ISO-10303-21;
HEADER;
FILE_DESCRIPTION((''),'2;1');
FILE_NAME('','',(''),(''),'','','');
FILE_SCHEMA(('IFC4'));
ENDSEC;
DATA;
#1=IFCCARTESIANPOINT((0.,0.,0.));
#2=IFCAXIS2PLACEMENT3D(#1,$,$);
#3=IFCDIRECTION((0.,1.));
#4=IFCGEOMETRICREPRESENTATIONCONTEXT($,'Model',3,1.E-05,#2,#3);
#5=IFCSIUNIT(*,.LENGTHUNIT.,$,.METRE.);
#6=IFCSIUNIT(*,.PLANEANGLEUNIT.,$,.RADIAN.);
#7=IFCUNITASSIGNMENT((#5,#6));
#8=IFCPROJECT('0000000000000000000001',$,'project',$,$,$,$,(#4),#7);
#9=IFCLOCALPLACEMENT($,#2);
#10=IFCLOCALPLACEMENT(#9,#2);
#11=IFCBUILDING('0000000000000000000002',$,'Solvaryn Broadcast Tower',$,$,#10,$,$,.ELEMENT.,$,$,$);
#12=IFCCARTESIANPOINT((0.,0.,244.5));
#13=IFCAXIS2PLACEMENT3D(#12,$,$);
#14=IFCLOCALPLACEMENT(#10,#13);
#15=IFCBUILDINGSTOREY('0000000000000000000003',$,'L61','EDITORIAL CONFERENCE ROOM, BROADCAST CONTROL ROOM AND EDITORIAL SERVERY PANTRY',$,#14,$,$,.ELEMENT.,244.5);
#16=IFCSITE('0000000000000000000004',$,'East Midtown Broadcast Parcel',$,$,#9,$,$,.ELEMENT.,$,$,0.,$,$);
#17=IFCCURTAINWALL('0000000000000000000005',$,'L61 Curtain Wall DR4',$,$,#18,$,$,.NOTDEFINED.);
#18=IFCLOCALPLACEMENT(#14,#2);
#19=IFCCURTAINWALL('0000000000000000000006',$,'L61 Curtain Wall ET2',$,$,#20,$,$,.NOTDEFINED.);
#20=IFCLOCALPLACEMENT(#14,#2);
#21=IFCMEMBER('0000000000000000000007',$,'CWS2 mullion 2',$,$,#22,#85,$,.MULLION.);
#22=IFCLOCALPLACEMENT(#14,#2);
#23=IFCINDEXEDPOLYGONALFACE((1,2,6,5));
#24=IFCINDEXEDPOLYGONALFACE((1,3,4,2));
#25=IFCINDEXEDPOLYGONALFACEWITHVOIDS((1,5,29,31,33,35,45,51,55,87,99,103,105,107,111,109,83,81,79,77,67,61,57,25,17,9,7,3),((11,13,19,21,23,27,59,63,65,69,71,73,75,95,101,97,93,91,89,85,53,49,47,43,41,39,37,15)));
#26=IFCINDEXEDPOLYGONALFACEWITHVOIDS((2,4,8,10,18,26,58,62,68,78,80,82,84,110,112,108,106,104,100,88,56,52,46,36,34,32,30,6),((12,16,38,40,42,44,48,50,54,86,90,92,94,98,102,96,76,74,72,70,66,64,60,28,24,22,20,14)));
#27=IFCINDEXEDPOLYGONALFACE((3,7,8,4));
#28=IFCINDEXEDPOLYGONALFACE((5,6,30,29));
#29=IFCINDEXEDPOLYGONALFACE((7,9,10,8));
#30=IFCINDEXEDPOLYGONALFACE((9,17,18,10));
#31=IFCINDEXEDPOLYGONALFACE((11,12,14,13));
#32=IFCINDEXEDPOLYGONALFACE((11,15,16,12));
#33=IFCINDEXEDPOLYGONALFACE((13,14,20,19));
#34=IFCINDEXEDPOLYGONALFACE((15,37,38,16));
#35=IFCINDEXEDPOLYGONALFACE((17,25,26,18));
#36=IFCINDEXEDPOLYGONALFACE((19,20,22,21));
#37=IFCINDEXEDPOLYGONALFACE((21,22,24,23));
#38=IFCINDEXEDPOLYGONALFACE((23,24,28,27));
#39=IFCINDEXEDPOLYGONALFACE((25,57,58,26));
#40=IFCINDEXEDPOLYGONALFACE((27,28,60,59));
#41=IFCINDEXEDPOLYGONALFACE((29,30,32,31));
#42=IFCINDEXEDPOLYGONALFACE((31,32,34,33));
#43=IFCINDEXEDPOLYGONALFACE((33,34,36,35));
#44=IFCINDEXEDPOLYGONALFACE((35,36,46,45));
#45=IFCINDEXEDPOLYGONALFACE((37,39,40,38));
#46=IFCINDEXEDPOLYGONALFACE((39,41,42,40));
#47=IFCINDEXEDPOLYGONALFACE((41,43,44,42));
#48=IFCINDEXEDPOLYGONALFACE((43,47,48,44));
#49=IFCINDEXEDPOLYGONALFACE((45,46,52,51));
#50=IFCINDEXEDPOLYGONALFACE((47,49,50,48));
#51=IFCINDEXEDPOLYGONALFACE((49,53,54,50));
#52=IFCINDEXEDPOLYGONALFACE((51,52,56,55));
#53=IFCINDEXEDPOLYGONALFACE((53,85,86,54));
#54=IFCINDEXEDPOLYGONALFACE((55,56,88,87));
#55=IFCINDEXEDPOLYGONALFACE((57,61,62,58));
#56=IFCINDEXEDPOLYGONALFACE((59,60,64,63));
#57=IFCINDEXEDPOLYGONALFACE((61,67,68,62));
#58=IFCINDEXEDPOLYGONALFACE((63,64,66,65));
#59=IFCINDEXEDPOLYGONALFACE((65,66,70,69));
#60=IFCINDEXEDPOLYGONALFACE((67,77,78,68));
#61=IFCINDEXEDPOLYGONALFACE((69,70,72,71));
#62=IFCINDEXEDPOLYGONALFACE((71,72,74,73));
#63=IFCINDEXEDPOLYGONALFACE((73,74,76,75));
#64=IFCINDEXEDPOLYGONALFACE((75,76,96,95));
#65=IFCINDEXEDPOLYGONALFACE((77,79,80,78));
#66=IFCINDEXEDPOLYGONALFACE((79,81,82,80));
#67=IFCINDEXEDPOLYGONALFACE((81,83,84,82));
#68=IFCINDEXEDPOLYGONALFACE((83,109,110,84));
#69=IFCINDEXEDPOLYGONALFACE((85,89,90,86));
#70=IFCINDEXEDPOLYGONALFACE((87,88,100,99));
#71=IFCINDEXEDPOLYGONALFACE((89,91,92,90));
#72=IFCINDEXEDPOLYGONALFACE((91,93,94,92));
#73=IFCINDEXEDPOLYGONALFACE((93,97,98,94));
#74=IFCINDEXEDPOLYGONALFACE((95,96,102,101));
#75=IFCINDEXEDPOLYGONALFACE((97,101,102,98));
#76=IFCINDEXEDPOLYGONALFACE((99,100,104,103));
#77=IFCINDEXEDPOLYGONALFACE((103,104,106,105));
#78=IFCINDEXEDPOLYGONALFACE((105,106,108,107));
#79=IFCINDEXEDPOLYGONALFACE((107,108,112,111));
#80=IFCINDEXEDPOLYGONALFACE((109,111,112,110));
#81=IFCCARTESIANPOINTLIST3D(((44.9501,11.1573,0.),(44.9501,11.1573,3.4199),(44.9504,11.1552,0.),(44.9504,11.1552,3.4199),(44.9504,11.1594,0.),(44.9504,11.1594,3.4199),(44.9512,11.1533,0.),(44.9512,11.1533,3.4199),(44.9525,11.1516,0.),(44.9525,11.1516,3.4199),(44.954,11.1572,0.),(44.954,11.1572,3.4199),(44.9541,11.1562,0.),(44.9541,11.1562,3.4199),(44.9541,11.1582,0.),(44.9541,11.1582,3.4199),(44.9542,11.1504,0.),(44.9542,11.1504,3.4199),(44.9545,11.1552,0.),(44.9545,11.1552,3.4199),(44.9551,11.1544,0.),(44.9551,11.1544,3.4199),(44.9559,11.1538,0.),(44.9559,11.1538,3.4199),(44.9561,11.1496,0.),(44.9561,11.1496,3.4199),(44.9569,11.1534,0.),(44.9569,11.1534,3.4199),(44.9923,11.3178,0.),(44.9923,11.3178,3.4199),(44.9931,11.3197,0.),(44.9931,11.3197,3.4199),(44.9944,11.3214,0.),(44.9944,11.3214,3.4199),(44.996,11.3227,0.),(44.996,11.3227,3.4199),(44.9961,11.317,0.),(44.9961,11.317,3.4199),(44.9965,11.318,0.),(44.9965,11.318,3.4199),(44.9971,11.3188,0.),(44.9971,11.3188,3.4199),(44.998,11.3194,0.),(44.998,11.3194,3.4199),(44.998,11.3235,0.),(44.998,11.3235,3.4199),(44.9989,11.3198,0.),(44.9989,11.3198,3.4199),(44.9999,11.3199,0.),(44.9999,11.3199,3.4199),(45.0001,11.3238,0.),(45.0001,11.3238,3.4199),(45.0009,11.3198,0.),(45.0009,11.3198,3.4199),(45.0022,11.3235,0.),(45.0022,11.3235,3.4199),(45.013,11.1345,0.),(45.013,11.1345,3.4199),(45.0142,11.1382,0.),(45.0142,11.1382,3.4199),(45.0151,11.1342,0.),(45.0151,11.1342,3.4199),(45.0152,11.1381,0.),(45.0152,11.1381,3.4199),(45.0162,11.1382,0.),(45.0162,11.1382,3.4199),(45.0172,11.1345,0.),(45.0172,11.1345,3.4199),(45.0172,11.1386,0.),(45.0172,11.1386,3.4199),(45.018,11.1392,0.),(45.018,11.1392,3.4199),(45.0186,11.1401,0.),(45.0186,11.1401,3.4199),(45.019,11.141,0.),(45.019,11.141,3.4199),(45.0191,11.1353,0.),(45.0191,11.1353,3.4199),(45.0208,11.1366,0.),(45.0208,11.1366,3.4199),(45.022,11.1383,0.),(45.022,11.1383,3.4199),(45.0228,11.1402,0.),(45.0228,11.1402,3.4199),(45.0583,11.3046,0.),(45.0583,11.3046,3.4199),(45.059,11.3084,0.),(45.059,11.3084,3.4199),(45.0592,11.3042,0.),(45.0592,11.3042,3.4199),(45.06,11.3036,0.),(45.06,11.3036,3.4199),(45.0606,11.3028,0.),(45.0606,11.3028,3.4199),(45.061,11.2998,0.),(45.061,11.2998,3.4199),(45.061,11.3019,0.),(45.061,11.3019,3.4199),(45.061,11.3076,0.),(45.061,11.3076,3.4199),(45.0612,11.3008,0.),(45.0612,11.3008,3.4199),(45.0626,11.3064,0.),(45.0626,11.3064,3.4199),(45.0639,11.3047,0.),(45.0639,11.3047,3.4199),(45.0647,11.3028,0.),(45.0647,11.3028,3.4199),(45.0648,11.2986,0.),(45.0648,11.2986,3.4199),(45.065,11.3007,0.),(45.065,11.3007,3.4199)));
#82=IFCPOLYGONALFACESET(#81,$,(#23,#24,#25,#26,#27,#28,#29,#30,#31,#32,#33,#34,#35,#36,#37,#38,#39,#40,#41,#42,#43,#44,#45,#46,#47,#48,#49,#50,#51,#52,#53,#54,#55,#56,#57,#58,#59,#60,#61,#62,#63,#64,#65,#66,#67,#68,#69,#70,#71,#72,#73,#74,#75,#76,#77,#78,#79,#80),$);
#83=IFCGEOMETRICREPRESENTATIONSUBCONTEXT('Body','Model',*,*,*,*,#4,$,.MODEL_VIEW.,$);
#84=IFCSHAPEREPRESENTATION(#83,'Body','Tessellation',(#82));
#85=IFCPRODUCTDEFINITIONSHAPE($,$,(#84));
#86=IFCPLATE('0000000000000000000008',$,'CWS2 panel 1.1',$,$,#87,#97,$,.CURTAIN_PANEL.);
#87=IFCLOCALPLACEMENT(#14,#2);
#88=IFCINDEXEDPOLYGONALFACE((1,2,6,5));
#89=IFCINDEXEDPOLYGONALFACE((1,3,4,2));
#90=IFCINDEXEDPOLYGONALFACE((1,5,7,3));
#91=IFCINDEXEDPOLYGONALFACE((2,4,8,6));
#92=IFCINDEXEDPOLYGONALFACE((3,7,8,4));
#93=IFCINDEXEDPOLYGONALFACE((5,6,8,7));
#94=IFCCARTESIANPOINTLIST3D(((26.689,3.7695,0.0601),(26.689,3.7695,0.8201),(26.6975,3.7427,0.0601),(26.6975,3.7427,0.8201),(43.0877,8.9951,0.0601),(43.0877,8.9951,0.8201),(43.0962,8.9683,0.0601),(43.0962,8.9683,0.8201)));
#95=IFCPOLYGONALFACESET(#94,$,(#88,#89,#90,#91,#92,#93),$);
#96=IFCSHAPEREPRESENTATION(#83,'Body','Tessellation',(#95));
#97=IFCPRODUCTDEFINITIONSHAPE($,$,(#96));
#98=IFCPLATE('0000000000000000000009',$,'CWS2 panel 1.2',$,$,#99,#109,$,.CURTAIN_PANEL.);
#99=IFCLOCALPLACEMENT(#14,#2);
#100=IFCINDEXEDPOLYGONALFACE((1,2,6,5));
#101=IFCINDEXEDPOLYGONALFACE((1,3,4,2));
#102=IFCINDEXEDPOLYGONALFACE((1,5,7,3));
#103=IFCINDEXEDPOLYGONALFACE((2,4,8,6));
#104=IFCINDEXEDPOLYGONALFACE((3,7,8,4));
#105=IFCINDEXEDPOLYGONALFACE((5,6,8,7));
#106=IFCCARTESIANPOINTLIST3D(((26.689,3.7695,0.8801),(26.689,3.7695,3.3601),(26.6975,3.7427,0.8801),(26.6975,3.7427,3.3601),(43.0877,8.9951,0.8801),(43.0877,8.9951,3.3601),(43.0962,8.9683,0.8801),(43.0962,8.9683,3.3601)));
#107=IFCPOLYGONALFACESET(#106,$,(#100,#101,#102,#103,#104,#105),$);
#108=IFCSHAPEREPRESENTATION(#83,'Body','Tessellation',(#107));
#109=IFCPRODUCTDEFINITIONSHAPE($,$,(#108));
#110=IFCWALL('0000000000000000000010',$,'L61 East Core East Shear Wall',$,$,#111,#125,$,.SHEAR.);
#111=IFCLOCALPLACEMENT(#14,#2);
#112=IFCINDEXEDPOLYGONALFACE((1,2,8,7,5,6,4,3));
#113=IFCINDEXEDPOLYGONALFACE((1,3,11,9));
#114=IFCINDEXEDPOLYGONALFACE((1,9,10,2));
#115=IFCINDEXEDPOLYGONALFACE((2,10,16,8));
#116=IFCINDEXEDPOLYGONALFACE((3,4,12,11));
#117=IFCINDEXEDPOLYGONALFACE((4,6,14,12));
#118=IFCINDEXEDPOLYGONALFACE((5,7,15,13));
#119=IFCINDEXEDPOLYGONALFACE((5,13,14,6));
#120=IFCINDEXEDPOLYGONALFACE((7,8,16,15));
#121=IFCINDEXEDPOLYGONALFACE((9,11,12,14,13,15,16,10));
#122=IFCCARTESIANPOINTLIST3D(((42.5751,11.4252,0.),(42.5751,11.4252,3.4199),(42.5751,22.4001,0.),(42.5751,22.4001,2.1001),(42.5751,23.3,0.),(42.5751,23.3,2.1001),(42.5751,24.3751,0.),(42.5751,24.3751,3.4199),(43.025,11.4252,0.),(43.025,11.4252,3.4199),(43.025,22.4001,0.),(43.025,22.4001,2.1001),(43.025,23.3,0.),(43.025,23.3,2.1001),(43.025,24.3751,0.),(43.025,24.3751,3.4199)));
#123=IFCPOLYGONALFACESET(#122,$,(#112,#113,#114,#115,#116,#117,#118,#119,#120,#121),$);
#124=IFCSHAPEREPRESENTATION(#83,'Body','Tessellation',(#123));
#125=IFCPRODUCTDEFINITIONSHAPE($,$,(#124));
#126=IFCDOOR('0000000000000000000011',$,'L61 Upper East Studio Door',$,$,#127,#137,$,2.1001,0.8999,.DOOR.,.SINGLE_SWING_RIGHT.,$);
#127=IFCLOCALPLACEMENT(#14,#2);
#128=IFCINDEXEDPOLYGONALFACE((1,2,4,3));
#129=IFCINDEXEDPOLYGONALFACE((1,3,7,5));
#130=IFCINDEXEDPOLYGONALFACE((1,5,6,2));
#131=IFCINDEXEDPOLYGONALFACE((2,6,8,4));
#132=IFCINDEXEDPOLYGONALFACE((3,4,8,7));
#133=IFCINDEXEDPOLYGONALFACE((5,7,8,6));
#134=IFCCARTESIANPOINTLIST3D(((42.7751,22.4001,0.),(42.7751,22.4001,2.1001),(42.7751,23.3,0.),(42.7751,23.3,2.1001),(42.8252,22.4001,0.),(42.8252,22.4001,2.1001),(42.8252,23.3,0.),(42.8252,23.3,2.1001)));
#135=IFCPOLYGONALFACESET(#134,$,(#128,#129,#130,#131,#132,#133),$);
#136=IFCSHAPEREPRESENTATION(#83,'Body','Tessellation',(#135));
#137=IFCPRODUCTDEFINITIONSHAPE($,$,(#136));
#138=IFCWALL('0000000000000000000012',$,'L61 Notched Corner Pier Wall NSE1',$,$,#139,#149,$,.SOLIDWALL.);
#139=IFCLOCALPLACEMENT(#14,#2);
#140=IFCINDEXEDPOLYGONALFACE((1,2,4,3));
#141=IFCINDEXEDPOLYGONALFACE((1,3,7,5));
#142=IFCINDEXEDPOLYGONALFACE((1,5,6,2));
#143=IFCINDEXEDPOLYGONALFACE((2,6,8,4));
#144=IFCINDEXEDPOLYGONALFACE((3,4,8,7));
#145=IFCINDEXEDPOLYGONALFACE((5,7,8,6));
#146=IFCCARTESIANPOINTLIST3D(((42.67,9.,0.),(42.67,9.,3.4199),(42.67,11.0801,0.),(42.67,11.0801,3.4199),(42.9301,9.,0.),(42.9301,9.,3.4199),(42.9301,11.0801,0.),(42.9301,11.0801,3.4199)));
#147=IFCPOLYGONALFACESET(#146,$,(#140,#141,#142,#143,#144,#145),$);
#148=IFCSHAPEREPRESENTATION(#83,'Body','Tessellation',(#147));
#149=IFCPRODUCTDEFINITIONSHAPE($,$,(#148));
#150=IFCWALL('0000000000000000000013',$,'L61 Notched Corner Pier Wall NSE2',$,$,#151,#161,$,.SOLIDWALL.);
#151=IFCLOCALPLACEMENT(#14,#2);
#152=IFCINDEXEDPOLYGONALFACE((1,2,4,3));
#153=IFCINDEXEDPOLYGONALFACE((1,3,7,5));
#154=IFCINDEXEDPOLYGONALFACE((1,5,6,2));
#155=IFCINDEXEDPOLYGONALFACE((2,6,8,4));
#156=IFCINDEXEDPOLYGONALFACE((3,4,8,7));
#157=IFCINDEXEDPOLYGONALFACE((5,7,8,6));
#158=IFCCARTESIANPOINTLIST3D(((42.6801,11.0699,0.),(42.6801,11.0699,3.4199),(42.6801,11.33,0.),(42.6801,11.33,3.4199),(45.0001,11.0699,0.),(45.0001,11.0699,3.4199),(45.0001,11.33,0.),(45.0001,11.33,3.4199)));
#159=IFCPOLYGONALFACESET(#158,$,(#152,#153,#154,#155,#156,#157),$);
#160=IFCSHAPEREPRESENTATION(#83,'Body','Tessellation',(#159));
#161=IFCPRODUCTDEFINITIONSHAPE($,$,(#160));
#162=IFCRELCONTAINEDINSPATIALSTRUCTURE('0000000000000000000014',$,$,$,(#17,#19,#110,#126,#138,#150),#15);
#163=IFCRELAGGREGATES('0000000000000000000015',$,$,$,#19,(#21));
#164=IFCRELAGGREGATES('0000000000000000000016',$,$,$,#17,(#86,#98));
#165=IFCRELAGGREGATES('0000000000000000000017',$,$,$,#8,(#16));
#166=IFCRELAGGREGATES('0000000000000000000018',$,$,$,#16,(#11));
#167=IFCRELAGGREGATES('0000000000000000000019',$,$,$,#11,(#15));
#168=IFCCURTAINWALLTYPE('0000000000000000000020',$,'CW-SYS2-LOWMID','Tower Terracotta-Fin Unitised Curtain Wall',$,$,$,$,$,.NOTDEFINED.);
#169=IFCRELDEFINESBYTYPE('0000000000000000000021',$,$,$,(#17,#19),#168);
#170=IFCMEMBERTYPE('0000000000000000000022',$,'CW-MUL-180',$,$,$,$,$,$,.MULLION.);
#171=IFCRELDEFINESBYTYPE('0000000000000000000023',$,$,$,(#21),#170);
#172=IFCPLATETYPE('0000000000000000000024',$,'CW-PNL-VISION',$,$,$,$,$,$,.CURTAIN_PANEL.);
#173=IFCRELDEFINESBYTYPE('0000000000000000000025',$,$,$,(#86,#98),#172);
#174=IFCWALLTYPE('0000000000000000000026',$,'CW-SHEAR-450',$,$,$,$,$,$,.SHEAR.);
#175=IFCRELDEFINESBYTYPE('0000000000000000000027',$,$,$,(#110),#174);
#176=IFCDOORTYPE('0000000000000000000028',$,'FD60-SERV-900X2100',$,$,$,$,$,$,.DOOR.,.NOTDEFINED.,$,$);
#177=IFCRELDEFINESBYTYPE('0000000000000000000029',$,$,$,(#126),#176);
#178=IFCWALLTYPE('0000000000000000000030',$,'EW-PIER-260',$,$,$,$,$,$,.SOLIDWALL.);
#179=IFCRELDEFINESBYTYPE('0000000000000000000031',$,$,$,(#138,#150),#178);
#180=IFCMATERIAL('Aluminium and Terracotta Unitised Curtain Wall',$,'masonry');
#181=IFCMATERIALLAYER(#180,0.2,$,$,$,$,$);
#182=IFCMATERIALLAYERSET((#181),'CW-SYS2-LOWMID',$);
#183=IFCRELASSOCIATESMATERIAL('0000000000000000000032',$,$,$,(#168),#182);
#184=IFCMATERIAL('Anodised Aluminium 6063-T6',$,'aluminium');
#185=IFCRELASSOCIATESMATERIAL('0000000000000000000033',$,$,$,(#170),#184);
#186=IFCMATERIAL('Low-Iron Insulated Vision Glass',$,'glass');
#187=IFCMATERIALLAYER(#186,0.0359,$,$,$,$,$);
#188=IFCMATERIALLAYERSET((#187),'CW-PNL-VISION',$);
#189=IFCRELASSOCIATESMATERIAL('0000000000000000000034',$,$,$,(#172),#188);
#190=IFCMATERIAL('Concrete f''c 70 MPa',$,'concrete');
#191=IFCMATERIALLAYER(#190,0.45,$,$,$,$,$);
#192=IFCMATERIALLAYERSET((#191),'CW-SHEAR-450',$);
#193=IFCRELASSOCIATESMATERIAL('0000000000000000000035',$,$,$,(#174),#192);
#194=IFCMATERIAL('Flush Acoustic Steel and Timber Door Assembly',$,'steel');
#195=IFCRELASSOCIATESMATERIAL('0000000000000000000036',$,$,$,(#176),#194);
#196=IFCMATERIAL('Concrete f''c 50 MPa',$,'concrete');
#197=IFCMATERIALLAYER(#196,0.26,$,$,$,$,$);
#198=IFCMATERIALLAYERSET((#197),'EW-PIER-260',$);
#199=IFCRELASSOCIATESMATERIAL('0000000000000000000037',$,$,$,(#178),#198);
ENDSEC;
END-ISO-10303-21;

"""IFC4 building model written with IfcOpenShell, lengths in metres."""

from ifc_helpers import new_model, si_unit, direction, frame, frame_2d, origin, origin_2d, place, context, subcontext, project, spatial, rectangle, hollow_rectangle, extrude, material, layer, layer_set, material_profile, profile_set, type_object, element, fill, aggregate, save


model = new_model("IFC4")

# Units and contexts
model_context = context("Model", 3, precision=1e-05, world=origin(), true_north=direction((0.0, 1.0)))
body_context = subcontext(model_context, "Body", "Model", "MODEL_VIEW")
ifc_project = project(units=[si_unit("LENGTHUNIT", "METRE"), si_unit("PLANEANGLEUNIT", "RADIAN")], contexts=[model_context])

# Site, building, storey
site_placement = place(None, origin())
site = spatial("IfcSite", under=ifc_project, at=site_placement, Name="East Midtown Broadcast Parcel", CompositionType="ELEMENT", RefElevation=0.0)
building_placement = place(site_placement, origin())
building = spatial("IfcBuilding", under=site, at=building_placement, Name="Solvaryn Broadcast Tower", CompositionType="ELEMENT")
storey_placement = place(building_placement, frame((0.0, 0.0, 244.5)))
storey = spatial("IfcBuildingStorey", under=building, at=storey_placement, Name="L61", Description="EDITORIAL CONFERENCE ROOM, BROADCAST CONTROL ROOM AND EDITORIAL SERVERY PANTRY", CompositionType="ELEMENT", Elevation=244.5)

# Curtain walls, member
ifc_material_1 = material(Name="Aluminium and Terracotta Unitised Curtain Wall", Category="masonry")
ifc_layer_1 = layer(ifc_material_1, 0.2)
ifc_layer_set_1 = layer_set([ifc_layer_1], Name="CW-SYS2-LOWMID")
curtain_wall_type = type_object("IfcCurtainWallType", Name="CW-SYS2-LOWMID", Description="Tower Terracotta-Fin Unitised Curtain Wall", PredefinedType="NOTDEFINED", material=ifc_layer_set_1)
curtain_wall_1_placement = place(storey_placement, origin())
curtain_wall_1 = element("IfcCurtainWall", 1, at=curtain_wall_1_placement, inside=storey, type_object=curtain_wall_type, Name="L61 Curtain Wall DR4", PredefinedType="NOTDEFINED")
ifc_material_2 = material(Name="Anodised Aluminium 6063-T6", Category="aluminium")
ifc_material_profile_1 = material_profile(ifc_material_2, hollow_rectangle(XDim=0.075, YDim=0.1799, WallThickness=0.0039, InnerFilletRadius=0.0039, OuterFilletRadius=0.0081, at=origin_2d()))
ifc_profile_set_1 = profile_set([ifc_material_profile_1], Name="Anodised Aluminium 6063-T6")
member_type = type_object("IfcMemberType", Name="CW-MUL-180", PredefinedType="MULLION", material=ifc_profile_set_1)
curtain_wall_2_placement = place(storey_placement, origin())
curtain_wall_2 = element("IfcCurtainWall", 2, at=curtain_wall_2_placement, inside=storey, type_object=curtain_wall_type, Name="L61 Curtain Wall ET2", PredefinedType="NOTDEFINED")
member_1_placement = place(storey_placement, frame((45.0076, 11.229, 0.0), z_axis=(0.0, 0.0, 1.0), x_axis=(0.966705, -0.255893, 0.0)))
member_1 = element("IfcMember", 3, at=member_1_placement, type_object=member_type, Name="CWS2 mullion 2", PredefinedType="MULLION", context=body_context, shape_type="SweptSolid", body=[
    extrude(hollow_rectangle(XDim=0.075, YDim=0.1799, WallThickness=0.0039, InnerFilletRadius=0.0039, OuterFilletRadius=0.0081, at=origin_2d()), origin(), (0.0, 0.0, 1.0), 3.4199),
])
aggregate(curtain_wall_2, [member_1])

# Plates
ifc_material_3 = material(Name="Low-Iron Insulated Vision Glass", Category="glass")
ifc_layer_2 = layer(ifc_material_3, 0.0359)
ifc_layer_set_2 = layer_set([ifc_layer_2], Name="CW-PNL-VISION")
plate_type = type_object("IfcPlateType", Name="CW-PNL-VISION", PredefinedType="CURTAIN_PANEL", material=ifc_layer_set_2)
plate_1_placement = place(storey_placement, frame((34.8926, 6.3689, 0.0601), z_axis=(0.0, 0.0, 1.0), x_axis=(0.952795, 0.303616, 0.0)))
plate_1 = element("IfcPlate", 4, at=plate_1_placement, type_object=plate_type, Name="CWS2 panel 1.1", PredefinedType="CURTAIN_PANEL", context=body_context, shape_type="SweptSolid", body=[
    extrude(rectangle(XDim=17.2112, YDim=0.0281, at=origin_2d()), origin(), (0.0, 0.0, 1.0), 0.76),
])
plate_2_placement = place(storey_placement, frame((34.8926, 6.3689, 0.8801), z_axis=(0.0, 0.0, 1.0), x_axis=(0.952795, 0.303616, 0.0)))
plate_2 = element("IfcPlate", 5, at=plate_2_placement, type_object=plate_type, Name="CWS2 panel 1.2", PredefinedType="CURTAIN_PANEL", context=body_context, shape_type="SweptSolid", body=[
    extrude(rectangle(XDim=17.2112, YDim=0.0281, at=origin_2d()), origin(), (0.0, 0.0, 1.0), 2.48),
])
aggregate(curtain_wall_1, [plate_1, plate_2])

# Wall, opening, door
ifc_material_4 = material(Name="Concrete f'c 70 MPa", Category="concrete")
ifc_layer_3 = layer(ifc_material_4, 0.45)
ifc_layer_set_3 = layer_set([ifc_layer_3], Name="CW-SHEAR-450")
wall_type_1 = type_object("IfcWallType", Name="CW-SHEAR-450", PredefinedType="SHEAR", material=ifc_layer_set_3)
wall_1_placement = place(storey_placement, frame((42.8, 11.425, 0.0), z_axis=(0.0, 0.0, 1.0), x_axis=(0.0, 1.0, 0.0)))
wall_1 = element("IfcWall", 6, at=wall_1_placement, inside=storey, type_object=wall_type_1, Name="L61 East Core East Shear Wall", PredefinedType="SHEAR", context=body_context, shape_type="SweptSolid", body=[
    extrude(rectangle(XDim=12.95, YDim=0.45, at=frame_2d((6.4751, 0.0))), origin(), (0.0, 0.0, 1.0), 3.4199),
])
opening_1_placement = place(wall_1_placement, frame((10.9751, 0.0, 0.0)))
opening_1 = element("IfcOpeningElement", 7, at=opening_1_placement, cuts=wall_1, PredefinedType="OPENING", context=body_context, shape_type="SweptSolid", body=[
    extrude(rectangle(XDim=0.8999, YDim=2.1001, at=frame_2d((0.45, 1.05))), frame((0.0, 0.2351, 0.0), z_axis=(0.0, -1.0, 0.0), x_axis=(1.0, 0.0, 0.0)), (0.0, 0.0, 1.0), 0.47),
])
ifc_material_5 = material(Name="Flush Acoustic Steel and Timber Door Assembly", Category="steel")
door_type = type_object("IfcDoorType", Name="FD60-SERV-900X2100", OperationType="NOTDEFINED", PredefinedType="DOOR", material=ifc_material_5)
door_1_placement = place(opening_1_placement, origin())
door_1 = element("IfcDoor", 8, at=door_1_placement, inside=storey, type_object=door_type, Name="L61 Upper East Studio Door", OperationType="SINGLE_SWING_RIGHT", OverallHeight=2.1001, OverallWidth=0.8999, PredefinedType="DOOR", context=body_context, shape_type="SweptSolid", body=[
    extrude(rectangle(XDim=0.8999, YDim=2.1001, at=frame_2d((0.45, 1.05))), frame((0.0, 0.0249, 0.0), z_axis=(0.0, -1.0, 0.0), x_axis=(1.0, 0.0, 0.0)), (0.0, 0.0, 1.0), 0.05),
])
fill(opening_1, door_1)

# Walls
ifc_material_6 = material(Name="Concrete f'c 50 MPa", Category="concrete")
ifc_layer_4 = layer(ifc_material_6, 0.26)
ifc_layer_set_4 = layer_set([ifc_layer_4], Name="EW-PIER-260")
wall_type_2 = type_object("IfcWallType", Name="EW-PIER-260", PredefinedType="SOLIDWALL", material=ifc_layer_set_4)
wall_2_placement = place(storey_placement, frame((42.8, 9.0, 0.0), z_axis=(0.0, 0.0, 1.0), x_axis=(0.0, 1.0, 0.0)))
element("IfcWall", 9, at=wall_2_placement, inside=storey, type_object=wall_type_2, Name="L61 Notched Corner Pier Wall NSE1", PredefinedType="SOLIDWALL", context=body_context, shape_type="SweptSolid", body=[
    extrude(rectangle(XDim=2.0801, YDim=0.26, at=frame_2d((1.04, 0.0))), origin(), (0.0, 0.0, 1.0), 3.4199),
])
wall_3_placement = place(storey_placement, frame((42.6799, 11.2, 0.0), z_axis=(0.0, 0.0, 1.0), x_axis=(1.0, 0.0, 0.0)))
element("IfcWall", 10, at=wall_3_placement, inside=storey, type_object=wall_type_2, Name="L61 Notched Corner Pier Wall NSE2", PredefinedType="SOLIDWALL", context=body_context, shape_type="SweptSolid", body=[
    extrude(rectangle(XDim=2.3201, YDim=0.26, at=frame_2d((1.1602, 0.0))), origin(), (0.0, 0.0, 1.0), 3.4199),
])

save(model, "model.ifc")
